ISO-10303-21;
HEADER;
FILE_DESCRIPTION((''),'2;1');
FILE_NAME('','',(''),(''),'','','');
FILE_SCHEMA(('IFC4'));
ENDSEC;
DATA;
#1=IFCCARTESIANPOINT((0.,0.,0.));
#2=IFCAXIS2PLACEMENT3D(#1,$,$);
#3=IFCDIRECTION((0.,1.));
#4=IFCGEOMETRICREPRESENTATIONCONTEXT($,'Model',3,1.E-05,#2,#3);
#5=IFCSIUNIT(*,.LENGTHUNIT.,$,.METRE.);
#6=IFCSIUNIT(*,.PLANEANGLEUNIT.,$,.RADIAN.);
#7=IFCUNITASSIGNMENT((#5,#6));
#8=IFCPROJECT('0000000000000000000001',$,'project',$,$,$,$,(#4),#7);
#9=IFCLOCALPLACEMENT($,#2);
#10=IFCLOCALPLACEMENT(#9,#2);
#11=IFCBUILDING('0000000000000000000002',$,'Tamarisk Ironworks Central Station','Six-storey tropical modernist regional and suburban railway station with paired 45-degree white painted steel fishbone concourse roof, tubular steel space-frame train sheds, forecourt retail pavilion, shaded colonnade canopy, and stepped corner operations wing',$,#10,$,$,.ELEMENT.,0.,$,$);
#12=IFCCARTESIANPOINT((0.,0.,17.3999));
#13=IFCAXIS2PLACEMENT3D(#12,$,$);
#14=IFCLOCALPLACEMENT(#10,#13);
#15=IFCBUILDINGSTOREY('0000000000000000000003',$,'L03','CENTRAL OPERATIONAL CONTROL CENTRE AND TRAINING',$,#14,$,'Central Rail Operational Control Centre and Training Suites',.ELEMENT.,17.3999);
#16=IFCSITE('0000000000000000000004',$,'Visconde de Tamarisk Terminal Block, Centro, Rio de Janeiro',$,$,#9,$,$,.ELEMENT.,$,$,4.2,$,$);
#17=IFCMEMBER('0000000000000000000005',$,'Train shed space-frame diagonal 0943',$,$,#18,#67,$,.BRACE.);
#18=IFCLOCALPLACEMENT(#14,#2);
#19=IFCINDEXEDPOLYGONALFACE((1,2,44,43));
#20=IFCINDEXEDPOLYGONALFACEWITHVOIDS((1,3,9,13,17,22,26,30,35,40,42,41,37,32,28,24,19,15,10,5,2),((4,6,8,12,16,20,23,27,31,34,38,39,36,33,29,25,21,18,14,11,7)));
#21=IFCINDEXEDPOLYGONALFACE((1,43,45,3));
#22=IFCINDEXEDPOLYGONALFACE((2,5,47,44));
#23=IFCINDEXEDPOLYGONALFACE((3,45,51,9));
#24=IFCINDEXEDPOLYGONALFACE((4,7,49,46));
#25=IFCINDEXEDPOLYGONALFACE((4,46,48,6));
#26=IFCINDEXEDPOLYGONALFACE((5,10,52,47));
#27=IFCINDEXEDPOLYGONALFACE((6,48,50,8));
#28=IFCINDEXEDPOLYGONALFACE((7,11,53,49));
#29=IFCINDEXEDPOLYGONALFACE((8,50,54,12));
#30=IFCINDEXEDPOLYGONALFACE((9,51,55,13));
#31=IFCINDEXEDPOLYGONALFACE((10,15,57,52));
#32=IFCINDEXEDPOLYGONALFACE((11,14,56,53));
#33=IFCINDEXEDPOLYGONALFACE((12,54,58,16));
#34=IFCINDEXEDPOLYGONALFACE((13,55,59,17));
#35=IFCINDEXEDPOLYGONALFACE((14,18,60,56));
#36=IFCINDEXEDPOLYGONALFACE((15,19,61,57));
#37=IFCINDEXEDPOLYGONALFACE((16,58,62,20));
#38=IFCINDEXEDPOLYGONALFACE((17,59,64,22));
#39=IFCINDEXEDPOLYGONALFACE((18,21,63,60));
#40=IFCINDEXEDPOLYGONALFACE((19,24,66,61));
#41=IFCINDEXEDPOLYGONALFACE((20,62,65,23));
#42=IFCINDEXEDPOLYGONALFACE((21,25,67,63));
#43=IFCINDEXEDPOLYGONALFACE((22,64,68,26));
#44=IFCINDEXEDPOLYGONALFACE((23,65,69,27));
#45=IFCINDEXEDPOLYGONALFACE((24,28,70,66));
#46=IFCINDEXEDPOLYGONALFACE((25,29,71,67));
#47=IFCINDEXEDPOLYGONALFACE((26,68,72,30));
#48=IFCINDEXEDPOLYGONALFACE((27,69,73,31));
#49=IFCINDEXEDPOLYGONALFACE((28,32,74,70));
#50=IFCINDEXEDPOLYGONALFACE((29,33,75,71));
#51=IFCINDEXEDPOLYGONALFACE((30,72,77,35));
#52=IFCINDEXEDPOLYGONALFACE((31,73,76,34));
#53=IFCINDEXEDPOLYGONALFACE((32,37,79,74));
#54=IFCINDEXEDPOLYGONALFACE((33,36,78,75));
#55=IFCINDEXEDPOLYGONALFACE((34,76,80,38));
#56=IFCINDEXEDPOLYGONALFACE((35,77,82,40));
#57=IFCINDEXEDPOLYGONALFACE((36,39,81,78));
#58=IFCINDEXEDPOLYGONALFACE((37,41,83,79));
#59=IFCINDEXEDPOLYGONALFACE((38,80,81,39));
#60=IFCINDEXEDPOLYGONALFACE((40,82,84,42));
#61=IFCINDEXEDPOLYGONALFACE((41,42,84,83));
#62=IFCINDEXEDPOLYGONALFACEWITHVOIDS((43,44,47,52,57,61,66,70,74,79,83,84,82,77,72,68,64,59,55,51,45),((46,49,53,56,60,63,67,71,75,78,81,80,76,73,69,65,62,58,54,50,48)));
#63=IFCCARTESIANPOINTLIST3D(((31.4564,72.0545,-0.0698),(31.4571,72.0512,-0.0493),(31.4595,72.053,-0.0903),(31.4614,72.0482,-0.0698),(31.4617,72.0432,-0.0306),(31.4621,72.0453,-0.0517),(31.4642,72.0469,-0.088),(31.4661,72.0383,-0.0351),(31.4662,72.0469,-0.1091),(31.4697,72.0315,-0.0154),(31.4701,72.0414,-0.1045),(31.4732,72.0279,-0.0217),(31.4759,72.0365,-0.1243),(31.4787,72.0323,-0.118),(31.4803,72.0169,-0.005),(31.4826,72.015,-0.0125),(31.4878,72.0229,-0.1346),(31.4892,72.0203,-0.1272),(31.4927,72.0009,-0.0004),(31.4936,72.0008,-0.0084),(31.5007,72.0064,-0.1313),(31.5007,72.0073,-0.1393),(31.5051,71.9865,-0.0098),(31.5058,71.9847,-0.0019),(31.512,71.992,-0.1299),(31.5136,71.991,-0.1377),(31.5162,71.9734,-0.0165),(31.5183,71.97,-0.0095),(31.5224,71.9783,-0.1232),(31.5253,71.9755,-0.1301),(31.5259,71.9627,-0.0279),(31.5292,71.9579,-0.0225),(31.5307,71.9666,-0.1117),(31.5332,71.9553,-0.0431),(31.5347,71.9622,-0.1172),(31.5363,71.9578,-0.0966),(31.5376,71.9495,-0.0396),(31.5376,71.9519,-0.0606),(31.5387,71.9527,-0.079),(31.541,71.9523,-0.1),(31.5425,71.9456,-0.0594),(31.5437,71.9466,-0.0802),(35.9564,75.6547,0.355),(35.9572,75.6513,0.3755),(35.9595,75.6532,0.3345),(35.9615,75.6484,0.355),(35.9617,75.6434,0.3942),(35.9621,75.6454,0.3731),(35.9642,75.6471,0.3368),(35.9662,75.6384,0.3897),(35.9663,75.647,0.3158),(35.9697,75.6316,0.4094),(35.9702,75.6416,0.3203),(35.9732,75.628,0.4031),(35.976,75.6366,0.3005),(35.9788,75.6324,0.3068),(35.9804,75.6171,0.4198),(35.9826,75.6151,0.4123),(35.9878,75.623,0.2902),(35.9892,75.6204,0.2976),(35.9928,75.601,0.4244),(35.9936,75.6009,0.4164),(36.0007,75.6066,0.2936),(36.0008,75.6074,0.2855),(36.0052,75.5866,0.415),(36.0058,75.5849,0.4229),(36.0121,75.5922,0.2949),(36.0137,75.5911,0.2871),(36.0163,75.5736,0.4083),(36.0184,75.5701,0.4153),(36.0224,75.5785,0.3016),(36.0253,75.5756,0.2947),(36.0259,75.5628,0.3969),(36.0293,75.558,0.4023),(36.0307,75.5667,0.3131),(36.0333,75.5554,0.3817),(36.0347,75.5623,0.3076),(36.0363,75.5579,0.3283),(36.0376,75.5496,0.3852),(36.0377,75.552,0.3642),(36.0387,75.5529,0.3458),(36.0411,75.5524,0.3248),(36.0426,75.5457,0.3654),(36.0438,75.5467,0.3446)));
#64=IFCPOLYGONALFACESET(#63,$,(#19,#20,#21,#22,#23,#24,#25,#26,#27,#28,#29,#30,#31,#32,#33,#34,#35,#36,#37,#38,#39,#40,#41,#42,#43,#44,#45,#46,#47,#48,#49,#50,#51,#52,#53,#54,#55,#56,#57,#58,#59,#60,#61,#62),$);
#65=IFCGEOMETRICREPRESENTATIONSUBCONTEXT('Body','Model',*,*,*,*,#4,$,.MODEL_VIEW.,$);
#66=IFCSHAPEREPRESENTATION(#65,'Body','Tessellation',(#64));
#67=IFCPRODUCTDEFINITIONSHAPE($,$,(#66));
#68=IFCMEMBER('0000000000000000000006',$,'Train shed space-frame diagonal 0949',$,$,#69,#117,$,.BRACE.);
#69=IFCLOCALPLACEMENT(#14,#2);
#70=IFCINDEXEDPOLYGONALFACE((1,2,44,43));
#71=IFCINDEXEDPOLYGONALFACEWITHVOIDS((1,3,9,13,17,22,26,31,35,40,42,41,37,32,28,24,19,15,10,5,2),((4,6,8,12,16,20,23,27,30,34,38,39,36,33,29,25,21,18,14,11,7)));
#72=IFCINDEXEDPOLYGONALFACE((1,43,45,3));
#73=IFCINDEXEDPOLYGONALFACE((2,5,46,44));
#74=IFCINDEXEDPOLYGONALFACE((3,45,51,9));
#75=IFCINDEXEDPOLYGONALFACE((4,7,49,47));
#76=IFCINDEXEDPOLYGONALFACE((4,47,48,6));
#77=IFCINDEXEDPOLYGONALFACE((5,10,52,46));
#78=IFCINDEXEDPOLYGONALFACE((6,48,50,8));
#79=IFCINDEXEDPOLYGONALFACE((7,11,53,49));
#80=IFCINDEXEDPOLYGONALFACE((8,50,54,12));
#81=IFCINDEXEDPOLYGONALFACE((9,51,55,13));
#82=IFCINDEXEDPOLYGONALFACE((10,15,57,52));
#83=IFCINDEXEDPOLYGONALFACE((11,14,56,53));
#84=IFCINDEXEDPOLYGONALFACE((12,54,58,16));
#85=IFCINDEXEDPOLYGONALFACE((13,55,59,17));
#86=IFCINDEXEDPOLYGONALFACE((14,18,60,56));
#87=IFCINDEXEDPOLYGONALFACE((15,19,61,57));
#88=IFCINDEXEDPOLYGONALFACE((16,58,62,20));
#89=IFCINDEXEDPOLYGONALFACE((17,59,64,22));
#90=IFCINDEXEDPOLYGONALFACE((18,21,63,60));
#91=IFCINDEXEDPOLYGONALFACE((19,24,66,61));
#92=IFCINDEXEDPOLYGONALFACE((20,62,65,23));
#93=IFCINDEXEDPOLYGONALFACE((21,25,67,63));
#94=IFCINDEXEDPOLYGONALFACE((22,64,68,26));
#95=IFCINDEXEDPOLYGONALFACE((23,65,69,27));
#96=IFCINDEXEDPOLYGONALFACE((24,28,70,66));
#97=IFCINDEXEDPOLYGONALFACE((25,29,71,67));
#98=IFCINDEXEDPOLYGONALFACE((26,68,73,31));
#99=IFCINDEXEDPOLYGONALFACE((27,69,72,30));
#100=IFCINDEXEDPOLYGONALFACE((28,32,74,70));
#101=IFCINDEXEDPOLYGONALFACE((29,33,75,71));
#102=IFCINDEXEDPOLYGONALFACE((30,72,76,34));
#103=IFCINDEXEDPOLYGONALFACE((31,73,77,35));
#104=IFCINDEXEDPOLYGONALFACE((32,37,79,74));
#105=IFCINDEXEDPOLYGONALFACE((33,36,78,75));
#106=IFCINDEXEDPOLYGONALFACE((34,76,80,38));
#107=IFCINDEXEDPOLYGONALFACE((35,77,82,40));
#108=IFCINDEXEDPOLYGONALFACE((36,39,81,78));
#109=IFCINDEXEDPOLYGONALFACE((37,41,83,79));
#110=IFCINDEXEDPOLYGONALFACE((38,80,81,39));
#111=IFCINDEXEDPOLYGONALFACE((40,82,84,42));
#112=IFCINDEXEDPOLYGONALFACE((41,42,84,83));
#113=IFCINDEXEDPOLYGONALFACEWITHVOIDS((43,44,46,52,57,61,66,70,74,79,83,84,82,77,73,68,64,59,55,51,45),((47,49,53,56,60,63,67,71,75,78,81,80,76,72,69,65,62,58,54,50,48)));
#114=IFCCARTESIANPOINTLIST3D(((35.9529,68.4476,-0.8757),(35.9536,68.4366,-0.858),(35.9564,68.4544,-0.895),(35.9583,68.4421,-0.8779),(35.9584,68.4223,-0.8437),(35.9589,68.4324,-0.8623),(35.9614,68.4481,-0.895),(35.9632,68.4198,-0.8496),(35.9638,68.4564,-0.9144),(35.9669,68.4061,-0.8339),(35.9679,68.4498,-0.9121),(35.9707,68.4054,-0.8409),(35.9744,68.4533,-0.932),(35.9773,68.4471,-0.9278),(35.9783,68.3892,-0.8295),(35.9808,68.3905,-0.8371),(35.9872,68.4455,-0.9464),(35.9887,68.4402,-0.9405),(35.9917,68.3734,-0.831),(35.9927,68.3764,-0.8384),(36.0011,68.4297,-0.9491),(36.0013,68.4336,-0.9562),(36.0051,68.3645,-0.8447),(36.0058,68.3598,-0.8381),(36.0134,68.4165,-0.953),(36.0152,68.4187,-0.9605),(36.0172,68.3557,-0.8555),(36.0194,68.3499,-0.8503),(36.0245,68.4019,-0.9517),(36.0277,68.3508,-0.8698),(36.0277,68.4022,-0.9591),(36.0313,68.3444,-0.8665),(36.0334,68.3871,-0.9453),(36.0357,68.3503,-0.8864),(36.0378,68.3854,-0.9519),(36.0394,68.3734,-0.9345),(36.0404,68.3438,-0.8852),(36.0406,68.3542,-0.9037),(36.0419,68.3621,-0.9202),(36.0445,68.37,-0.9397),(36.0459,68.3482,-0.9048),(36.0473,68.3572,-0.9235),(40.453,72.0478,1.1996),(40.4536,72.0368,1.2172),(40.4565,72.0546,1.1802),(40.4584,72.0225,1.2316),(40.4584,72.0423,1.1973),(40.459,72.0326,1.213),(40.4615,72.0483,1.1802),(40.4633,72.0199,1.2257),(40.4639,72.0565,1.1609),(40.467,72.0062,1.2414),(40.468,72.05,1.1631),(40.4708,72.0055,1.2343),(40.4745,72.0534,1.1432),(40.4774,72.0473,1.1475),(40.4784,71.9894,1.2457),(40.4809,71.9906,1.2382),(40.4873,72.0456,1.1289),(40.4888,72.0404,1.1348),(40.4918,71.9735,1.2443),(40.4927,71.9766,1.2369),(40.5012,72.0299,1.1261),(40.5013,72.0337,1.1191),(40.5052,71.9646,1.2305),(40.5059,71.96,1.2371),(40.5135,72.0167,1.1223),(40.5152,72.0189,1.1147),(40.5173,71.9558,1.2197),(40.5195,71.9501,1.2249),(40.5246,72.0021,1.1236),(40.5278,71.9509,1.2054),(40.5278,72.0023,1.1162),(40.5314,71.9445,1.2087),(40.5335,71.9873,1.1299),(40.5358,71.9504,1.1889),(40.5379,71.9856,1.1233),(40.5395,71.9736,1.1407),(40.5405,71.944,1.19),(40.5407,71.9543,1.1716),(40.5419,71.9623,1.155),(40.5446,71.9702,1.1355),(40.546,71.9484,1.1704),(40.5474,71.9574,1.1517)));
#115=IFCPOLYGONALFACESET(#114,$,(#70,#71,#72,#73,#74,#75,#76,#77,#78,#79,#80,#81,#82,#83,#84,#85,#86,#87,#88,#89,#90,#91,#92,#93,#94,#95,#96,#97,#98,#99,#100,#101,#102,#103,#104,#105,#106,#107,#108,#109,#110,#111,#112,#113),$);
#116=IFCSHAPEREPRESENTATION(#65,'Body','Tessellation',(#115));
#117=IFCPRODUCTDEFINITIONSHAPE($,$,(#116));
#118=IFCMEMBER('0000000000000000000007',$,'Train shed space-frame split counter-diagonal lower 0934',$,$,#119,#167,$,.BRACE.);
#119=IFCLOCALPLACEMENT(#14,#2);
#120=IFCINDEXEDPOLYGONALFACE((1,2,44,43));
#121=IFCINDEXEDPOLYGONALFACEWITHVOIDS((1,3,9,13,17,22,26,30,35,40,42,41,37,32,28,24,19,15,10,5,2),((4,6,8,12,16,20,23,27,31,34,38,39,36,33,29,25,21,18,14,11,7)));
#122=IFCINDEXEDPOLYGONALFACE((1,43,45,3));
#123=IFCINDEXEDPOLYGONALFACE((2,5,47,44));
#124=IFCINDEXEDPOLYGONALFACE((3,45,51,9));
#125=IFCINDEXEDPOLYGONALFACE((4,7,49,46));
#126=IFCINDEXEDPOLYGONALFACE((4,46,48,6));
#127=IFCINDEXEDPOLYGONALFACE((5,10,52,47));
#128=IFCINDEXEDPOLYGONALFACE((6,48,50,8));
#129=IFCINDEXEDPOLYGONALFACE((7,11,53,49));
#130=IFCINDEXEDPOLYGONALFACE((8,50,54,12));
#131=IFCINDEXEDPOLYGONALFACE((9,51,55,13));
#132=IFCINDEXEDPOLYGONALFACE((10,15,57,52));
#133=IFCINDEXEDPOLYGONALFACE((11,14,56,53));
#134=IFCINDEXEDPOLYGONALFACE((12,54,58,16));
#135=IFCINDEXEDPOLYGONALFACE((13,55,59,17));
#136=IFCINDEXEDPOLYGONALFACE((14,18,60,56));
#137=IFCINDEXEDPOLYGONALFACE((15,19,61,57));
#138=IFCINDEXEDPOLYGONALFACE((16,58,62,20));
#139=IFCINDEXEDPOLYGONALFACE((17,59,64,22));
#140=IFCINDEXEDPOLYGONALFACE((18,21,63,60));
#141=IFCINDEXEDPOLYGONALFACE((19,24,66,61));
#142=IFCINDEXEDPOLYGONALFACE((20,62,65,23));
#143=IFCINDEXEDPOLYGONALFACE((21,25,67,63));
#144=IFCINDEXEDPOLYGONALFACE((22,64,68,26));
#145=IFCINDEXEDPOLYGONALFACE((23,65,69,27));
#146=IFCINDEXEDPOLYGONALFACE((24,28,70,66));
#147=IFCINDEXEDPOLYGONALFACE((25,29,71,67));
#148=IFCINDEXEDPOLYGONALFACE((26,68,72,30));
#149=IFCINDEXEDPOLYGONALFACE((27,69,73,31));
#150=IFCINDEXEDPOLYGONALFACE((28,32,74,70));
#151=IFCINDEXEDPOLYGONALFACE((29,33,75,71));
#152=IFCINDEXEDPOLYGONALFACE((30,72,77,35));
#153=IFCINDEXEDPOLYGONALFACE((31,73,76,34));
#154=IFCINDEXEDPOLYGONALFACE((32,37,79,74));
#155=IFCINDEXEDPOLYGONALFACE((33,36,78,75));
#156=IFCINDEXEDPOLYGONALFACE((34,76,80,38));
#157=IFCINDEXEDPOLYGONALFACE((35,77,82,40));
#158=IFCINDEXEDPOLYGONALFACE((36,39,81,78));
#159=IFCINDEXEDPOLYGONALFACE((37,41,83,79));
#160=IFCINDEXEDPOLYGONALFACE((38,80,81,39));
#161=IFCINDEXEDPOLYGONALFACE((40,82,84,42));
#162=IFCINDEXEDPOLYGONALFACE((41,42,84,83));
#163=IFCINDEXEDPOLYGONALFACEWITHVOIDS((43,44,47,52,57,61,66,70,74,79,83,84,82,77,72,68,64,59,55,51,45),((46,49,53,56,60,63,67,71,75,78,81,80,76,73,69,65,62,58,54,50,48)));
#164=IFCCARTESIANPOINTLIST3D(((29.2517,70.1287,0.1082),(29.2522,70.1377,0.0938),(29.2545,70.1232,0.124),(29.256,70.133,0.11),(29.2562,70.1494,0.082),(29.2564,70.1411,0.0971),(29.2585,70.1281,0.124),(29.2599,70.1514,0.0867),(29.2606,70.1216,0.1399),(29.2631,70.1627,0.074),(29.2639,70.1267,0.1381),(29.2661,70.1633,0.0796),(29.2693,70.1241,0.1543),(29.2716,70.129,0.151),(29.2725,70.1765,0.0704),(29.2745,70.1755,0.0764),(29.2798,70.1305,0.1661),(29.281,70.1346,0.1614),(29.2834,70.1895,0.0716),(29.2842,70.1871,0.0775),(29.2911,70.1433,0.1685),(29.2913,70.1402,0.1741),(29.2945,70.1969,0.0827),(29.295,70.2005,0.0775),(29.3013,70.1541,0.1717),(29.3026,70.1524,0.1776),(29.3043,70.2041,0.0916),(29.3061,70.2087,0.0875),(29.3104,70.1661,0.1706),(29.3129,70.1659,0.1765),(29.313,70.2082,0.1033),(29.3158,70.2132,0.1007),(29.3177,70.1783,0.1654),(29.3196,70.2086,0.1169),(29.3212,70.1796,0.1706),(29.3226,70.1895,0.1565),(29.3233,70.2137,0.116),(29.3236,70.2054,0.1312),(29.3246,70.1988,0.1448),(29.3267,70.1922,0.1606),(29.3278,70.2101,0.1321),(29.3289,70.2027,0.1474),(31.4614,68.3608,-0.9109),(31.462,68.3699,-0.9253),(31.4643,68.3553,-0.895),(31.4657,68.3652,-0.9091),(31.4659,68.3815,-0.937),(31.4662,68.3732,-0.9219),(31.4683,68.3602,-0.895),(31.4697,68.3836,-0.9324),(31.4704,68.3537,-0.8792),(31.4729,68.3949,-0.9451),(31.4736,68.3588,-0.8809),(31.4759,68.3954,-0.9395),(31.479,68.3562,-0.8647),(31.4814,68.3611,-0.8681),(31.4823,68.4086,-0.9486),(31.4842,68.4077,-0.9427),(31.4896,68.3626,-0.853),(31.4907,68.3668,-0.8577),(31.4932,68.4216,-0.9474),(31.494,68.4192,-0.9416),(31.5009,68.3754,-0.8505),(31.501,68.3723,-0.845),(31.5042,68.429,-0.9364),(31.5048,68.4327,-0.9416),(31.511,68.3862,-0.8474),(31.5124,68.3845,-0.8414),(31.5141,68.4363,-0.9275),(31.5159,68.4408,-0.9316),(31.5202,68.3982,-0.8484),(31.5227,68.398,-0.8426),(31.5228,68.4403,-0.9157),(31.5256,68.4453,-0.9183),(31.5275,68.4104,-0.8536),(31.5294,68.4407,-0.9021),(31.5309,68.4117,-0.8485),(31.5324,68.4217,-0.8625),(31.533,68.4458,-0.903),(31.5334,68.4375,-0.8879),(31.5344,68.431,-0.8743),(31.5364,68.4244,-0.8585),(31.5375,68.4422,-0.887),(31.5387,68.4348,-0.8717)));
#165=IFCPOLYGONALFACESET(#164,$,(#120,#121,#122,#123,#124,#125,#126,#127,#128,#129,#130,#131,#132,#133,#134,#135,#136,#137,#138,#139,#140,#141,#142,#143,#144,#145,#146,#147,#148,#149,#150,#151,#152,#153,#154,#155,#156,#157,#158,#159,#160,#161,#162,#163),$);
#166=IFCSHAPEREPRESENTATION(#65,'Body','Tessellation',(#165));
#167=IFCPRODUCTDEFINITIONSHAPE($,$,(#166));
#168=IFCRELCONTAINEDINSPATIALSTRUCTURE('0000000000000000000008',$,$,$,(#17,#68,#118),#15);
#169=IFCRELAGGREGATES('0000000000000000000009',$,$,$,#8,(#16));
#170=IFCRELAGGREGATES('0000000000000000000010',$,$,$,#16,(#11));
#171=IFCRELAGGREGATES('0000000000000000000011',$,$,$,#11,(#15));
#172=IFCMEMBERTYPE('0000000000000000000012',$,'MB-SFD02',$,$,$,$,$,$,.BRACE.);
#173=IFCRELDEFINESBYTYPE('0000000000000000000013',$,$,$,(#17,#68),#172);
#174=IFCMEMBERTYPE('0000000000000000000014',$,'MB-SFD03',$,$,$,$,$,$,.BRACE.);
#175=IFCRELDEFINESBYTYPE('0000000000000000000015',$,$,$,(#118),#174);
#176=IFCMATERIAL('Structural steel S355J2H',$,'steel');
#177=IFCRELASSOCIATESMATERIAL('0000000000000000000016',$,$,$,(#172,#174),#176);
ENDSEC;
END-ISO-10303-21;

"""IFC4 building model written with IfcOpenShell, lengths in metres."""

from ifc_helpers import new_model, si_unit, direction, frame, origin, origin_2d, place, context, subcontext, project, spatial, hollow_circle, extrude, material, material_profile, profile_set, type_object, element, save


model = new_model("IFC4")

# Units and contexts
model_context = context("Model", 3, precision=1e-05, world=origin(), true_north=direction((0.0, 1.0)))
body_context = subcontext(model_context, "Body", "Model", "MODEL_VIEW")
ifc_project = project(units=[si_unit("LENGTHUNIT", "METRE"), si_unit("PLANEANGLEUNIT", "RADIAN")], contexts=[model_context])

# Site, building, storey
site_placement = place(None, origin())
site = spatial("IfcSite", under=ifc_project, at=site_placement, Name="Visconde de Tamarisk Terminal Block, Centro, Rio de Janeiro", CompositionType="ELEMENT", RefElevation=4.2)
building_placement = place(site_placement, origin())
building = spatial("IfcBuilding", under=site, at=building_placement, Name="Tamarisk Ironworks Central Station", Description="Six-storey tropical modernist regional and suburban railway station with paired 45-degree white painted steel fishbone concourse roof, tubular steel space-frame train sheds, forecourt retail pavilion, shaded colonnade canopy, and stepped corner operations wing", CompositionType="ELEMENT", ElevationOfRefHeight=0.0)
storey_placement = place(building_placement, frame((0.0, 0.0, 17.3999)))
storey = spatial("IfcBuildingStorey", under=building, at=storey_placement, Name="L03", Description="CENTRAL OPERATIONAL CONTROL CENTRE AND TRAINING", LongName="Central Rail Operational Control Centre and Training Suites", CompositionType="ELEMENT", Elevation=17.3999)

# Members
ifc_material = material(Name="Structural steel S355J2H", Category="steel")
ifc_material_profile_1 = material_profile(ifc_material, hollow_circle(Radius=0.0698, WallThickness=0.0081, at=origin_2d()), Name="CHS 139.7x8")
ifc_profile_set_1 = profile_set([ifc_material_profile_1], Name="Structural steel S355J2H")
member_type_1 = type_object("IfcMemberType", Name="MB-SFD02", PredefinedType="BRACE", material=ifc_profile_set_1)
member_1_placement = place(storey_placement, frame((31.5, 72.0, -0.0698), z_axis=(0.778748, 0.623015, 0.073515), x_axis=(-0.624705, 0.780861, 0.0)))
element("IfcMember", 1, at=member_1_placement, inside=storey, type_object=member_type_1, Name="Train shed space-frame diagonal 0943", PredefinedType="BRACE", context=body_context, shape_type="SweptSolid", body=[
    extrude(hollow_circle(Radius=0.0698, WallThickness=0.0081, at=origin_2d()), origin(), (0.0, 0.0, 1.0), 5.7786),
])
member_2_placement = place(storey_placement, frame((36.0, 68.3999, -0.895), z_axis=(0.734679, 0.587759, 0.338801), x_axis=(-0.624705, 0.780861, 0.0)))
element("IfcMember", 2, at=member_2_placement, inside=storey, type_object=member_type_1, Name="Train shed space-frame diagonal 0949", PredefinedType="BRACE", context=body_context, shape_type="SweptSolid", body=[
    extrude(hollow_circle(Radius=0.0698, WallThickness=0.0081, at=origin_2d()), origin(), (0.0, 0.0, 1.0), 6.1252),
])
ifc_material_profile_2 = material_profile(ifc_material, hollow_circle(Radius=0.0571, WallThickness=0.0063, at=origin_2d()), Name="CHS 114.3x6.3")
ifc_profile_set_2 = profile_set([ifc_material_profile_2], Name="Structural steel S355J2H")
member_type_2 = type_object("IfcMemberType", Name="MB-SFD03", PredefinedType="BRACE", material=ifc_profile_set_2)
member_3_placement = place(storey_placement, frame((31.5, 68.3999, -0.895), z_axis=(-0.734677, 0.587758, 0.338807), x_axis=(-0.624706, -0.78086, 0.0)))
element("IfcMember", 3, at=member_3_placement, inside=storey, type_object=member_type_2, Name="Train shed space-frame split counter-diagonal lower 0934", PredefinedType="BRACE", context=body_context, shape_type="SweptSolid", body=[
    extrude(hollow_circle(Radius=0.0571, WallThickness=0.0063, at=origin_2d()), origin(), (0.0, 0.0, 1.0), 3.0078),
])

save(model, "model.ifc")
